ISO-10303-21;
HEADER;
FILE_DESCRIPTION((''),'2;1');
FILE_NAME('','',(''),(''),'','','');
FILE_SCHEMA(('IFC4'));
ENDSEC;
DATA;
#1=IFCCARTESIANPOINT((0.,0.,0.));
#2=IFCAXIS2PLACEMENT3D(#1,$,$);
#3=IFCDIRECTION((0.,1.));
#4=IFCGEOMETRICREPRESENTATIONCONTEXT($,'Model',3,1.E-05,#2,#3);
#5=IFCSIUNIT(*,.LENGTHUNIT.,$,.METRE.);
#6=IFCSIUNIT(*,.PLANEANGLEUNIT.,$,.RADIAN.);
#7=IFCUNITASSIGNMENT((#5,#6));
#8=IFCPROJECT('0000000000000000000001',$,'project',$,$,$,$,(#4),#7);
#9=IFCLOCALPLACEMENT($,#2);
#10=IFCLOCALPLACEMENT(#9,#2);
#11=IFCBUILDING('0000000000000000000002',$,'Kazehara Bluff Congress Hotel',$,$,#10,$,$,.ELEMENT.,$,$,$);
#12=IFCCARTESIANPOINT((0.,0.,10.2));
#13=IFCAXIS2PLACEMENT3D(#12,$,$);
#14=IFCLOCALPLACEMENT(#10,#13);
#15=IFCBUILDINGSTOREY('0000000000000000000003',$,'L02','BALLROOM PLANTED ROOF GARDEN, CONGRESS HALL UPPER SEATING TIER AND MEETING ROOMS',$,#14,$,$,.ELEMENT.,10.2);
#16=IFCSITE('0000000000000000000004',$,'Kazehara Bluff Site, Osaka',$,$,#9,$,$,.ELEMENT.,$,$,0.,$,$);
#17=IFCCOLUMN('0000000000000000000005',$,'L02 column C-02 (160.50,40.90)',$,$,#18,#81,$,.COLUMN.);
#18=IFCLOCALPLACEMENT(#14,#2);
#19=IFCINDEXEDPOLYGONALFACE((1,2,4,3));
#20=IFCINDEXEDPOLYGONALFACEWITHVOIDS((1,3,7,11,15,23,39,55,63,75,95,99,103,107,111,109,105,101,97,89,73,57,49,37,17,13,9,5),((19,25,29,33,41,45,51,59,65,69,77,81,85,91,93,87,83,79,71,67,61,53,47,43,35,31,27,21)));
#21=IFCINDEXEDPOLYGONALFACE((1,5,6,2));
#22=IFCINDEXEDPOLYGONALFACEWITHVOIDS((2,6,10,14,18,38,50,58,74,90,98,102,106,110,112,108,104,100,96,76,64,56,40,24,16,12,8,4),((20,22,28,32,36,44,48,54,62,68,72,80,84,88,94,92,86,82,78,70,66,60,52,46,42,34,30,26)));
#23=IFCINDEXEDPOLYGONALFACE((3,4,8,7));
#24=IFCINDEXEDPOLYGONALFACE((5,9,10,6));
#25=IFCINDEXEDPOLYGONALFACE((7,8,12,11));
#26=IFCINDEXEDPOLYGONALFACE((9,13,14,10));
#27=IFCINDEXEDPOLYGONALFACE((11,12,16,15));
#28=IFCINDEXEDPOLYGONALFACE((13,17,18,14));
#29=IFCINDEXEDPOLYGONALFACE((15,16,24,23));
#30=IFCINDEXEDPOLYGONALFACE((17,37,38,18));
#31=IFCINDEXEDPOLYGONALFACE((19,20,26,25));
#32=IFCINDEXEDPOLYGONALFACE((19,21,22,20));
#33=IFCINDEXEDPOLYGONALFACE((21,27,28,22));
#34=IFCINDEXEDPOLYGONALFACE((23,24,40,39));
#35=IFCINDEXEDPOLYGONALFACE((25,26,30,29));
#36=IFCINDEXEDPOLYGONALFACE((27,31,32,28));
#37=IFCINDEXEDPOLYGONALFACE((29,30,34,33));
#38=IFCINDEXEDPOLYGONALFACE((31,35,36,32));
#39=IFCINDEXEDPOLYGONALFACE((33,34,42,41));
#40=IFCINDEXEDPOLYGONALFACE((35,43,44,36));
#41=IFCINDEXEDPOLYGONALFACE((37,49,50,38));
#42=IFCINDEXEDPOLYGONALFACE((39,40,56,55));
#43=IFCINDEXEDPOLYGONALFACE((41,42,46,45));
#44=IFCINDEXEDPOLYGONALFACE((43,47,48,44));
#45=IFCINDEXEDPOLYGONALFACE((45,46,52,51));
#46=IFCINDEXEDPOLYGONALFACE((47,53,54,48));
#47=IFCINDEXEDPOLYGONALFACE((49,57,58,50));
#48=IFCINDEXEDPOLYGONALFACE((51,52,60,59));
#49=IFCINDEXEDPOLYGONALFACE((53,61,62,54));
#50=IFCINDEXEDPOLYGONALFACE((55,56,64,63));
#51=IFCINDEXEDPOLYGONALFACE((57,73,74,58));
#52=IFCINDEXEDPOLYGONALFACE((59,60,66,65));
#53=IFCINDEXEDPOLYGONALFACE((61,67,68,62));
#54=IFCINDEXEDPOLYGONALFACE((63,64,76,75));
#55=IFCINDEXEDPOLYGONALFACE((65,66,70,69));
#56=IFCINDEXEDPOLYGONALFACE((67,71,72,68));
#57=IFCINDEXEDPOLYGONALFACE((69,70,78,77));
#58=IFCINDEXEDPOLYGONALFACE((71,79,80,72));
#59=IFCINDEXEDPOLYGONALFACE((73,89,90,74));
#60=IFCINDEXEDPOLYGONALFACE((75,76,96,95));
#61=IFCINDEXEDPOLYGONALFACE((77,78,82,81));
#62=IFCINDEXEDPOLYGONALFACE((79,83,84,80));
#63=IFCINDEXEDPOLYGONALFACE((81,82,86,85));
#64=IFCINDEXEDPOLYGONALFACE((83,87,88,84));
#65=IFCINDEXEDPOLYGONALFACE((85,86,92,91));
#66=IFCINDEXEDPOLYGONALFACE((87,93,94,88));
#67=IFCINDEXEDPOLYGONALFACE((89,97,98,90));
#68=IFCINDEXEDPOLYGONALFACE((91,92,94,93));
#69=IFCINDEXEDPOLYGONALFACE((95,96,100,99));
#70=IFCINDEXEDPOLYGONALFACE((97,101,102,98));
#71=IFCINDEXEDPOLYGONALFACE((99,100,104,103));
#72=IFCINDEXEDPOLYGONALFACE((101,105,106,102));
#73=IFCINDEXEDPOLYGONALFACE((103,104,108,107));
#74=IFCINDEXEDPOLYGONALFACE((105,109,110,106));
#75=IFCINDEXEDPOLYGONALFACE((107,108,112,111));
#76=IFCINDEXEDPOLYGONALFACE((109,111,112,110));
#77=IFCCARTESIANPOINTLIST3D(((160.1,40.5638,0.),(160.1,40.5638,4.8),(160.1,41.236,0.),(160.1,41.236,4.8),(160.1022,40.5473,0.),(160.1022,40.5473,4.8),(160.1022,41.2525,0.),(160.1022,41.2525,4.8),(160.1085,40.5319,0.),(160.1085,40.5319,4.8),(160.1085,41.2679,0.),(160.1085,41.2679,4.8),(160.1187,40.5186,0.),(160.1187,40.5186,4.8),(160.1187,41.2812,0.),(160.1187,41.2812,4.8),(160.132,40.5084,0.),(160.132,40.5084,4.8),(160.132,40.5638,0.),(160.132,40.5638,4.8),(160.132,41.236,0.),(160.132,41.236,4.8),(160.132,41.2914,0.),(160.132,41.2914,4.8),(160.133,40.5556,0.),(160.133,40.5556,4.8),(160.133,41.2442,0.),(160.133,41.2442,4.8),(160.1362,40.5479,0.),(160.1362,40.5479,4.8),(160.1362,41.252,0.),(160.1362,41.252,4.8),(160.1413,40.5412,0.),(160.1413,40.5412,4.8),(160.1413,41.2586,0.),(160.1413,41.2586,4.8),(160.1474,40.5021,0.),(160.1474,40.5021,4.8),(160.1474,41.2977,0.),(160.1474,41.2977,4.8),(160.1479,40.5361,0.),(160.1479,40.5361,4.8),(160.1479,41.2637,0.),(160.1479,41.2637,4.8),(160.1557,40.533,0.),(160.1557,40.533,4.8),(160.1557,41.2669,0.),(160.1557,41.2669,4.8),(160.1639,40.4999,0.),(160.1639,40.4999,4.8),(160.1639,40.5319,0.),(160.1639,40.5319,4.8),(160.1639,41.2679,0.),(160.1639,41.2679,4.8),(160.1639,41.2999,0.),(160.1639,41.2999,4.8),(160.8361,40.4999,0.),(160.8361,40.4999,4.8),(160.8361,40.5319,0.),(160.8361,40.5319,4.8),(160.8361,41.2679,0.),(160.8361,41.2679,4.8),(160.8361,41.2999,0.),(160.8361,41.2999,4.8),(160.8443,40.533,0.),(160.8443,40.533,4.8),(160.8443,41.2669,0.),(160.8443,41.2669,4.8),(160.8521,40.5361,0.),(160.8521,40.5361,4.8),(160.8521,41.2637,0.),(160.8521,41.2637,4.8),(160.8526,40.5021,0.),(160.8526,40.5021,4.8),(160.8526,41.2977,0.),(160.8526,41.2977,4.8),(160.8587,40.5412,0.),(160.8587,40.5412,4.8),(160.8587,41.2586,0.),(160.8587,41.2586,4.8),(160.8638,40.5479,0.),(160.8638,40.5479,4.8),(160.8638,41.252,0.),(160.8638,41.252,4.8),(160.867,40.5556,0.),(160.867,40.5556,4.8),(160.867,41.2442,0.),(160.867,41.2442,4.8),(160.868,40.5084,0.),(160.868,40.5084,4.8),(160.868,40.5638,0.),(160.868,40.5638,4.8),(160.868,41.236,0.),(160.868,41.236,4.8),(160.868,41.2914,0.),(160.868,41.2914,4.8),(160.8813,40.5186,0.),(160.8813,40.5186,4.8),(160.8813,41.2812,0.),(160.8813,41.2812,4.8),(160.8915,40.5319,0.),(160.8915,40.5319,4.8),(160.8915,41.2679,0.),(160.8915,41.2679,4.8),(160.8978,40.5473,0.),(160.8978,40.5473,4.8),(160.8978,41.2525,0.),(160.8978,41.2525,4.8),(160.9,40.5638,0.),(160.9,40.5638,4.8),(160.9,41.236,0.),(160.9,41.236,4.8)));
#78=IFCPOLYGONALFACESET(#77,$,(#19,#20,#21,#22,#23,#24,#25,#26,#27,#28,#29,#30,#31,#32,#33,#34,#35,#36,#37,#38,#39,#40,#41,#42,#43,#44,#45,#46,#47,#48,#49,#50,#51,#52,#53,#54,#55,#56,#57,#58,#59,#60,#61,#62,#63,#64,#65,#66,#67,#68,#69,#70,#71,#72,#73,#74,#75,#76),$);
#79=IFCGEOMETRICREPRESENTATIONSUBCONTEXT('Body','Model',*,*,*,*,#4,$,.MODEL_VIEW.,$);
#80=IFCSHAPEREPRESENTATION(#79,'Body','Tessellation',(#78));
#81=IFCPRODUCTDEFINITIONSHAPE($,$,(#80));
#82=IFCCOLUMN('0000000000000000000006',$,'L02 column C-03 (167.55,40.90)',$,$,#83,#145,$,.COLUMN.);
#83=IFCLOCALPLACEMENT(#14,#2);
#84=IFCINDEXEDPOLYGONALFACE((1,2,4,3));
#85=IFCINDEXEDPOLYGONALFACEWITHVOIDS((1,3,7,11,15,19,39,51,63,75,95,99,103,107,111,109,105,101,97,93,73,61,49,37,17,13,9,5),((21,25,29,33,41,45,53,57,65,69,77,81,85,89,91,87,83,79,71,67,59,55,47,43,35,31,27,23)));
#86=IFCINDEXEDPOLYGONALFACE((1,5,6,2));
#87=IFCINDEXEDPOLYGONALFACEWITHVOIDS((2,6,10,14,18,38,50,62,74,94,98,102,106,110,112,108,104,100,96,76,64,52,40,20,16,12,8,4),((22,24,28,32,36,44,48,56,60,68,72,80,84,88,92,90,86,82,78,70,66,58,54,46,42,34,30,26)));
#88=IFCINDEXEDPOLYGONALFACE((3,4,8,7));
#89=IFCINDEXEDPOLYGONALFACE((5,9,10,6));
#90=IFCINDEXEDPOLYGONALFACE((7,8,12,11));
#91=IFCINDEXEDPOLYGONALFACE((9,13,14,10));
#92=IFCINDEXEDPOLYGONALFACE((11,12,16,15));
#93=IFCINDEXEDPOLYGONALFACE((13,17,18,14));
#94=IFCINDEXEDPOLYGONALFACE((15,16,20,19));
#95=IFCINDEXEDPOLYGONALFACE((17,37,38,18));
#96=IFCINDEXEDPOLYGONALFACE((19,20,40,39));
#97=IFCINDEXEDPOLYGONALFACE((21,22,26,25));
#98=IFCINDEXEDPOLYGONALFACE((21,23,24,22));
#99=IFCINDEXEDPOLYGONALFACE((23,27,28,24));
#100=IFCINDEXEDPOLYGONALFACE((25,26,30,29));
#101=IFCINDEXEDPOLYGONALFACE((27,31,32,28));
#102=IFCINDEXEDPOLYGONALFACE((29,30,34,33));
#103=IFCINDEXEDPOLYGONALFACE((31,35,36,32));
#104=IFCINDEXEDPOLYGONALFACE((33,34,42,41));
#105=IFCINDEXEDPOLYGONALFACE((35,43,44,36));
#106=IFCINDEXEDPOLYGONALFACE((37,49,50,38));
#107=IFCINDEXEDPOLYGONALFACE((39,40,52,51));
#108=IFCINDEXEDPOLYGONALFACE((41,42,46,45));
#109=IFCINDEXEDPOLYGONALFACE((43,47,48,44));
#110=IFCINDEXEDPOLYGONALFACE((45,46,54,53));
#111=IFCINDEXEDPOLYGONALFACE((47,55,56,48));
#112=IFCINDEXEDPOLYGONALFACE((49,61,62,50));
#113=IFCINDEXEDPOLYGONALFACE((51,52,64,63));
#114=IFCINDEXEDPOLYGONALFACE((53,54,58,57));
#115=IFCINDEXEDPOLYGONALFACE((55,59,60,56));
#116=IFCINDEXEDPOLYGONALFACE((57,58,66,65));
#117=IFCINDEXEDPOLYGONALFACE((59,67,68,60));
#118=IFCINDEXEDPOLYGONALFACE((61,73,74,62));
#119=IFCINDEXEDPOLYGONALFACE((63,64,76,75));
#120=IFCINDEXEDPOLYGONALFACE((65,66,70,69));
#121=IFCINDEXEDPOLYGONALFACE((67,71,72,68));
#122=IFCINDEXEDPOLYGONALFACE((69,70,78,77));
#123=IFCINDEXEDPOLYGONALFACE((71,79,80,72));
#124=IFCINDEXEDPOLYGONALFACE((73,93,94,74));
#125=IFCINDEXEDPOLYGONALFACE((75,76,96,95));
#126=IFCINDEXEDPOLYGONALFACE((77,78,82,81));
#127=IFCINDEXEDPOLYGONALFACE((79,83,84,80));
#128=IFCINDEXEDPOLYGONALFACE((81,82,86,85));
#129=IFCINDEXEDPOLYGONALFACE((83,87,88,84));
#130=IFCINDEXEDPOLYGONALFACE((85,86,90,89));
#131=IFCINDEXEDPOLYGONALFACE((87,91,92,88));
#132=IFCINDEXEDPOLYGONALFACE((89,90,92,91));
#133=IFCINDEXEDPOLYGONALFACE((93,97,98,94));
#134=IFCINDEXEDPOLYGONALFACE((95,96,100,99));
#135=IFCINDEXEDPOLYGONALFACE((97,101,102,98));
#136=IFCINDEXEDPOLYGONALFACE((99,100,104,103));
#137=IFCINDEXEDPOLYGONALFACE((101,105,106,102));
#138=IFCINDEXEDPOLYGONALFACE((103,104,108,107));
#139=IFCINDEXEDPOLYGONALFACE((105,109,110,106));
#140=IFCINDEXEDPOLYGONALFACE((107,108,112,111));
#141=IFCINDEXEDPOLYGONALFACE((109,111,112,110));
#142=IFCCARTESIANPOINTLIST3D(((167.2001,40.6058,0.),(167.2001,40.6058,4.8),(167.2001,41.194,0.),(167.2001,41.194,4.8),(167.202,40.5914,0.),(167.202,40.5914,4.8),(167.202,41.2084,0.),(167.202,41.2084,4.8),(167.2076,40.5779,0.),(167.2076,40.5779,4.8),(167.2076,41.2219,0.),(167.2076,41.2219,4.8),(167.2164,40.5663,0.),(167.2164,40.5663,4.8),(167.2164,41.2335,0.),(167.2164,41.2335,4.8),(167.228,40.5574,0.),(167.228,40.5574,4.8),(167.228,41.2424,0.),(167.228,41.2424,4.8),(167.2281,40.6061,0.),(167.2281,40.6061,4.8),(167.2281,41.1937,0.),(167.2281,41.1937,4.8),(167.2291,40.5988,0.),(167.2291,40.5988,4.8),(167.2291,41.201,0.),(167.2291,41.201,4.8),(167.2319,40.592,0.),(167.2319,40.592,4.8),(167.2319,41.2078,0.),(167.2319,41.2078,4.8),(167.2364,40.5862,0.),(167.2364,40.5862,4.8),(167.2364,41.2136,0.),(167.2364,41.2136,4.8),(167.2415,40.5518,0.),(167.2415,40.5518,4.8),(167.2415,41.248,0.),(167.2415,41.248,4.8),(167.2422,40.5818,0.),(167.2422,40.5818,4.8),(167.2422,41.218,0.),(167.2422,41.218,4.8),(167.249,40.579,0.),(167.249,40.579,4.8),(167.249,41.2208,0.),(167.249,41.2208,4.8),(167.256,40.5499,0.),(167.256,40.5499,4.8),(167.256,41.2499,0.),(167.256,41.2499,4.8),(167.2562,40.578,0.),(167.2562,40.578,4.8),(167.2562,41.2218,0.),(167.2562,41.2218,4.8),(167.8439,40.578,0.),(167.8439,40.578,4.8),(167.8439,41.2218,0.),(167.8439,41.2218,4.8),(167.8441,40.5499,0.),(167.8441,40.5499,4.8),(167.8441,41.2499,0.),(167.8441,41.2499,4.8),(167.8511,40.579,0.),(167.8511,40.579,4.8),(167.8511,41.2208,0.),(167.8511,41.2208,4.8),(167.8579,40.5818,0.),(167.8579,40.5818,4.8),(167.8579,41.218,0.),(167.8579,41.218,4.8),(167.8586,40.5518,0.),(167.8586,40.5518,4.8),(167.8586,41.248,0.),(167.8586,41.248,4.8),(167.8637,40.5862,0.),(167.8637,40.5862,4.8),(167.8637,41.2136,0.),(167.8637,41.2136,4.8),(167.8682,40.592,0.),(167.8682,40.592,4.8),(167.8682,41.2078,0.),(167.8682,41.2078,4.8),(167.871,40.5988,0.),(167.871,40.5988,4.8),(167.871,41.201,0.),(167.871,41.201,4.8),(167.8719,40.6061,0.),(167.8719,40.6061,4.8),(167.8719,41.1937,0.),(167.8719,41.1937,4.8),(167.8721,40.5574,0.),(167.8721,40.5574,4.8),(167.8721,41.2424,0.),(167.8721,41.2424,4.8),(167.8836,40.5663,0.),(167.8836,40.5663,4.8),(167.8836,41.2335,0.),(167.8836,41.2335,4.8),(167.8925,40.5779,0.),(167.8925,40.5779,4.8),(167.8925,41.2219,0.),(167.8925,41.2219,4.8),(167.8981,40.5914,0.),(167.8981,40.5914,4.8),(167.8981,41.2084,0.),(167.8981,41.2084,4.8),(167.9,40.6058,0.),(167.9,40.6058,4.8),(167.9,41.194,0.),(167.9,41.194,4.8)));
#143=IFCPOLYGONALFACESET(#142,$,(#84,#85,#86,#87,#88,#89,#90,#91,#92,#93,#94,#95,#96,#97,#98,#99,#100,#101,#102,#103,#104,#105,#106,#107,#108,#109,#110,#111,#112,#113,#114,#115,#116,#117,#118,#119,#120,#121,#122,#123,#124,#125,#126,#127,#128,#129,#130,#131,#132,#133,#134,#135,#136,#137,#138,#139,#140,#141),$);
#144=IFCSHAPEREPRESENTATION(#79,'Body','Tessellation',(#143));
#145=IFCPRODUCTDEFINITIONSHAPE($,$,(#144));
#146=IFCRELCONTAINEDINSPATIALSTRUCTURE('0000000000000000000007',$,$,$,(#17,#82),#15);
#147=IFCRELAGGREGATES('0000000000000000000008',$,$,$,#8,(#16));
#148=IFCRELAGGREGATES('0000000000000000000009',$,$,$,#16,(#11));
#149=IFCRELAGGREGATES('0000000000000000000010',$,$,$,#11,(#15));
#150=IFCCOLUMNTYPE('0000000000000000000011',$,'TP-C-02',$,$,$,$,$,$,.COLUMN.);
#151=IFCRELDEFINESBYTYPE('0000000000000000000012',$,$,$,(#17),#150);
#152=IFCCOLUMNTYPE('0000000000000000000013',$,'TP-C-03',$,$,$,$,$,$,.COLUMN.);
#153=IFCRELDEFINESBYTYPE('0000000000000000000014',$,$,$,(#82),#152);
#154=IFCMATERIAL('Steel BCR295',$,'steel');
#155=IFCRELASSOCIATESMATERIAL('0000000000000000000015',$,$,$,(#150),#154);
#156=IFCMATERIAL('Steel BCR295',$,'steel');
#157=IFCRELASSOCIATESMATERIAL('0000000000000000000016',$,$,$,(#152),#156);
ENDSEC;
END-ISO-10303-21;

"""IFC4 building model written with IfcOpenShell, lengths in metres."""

from ifc_helpers import new_model, si_unit, direction, frame, origin, origin_2d, place, context, subcontext, project, spatial, hollow_rectangle, extrude, material, material_profile, profile_set, type_object, element, save


model = new_model("IFC4")

# Units and contexts
model_context = context("Model", 3, precision=1e-05, world=origin(), true_north=direction((0.0, 1.0)))
body_context = subcontext(model_context, "Body", "Model", "MODEL_VIEW")
ifc_project = project(units=[si_unit("LENGTHUNIT", "METRE"), si_unit("PLANEANGLEUNIT", "RADIAN")], contexts=[model_context])

# Site, building, storey
site_placement = place(None, origin())
site = spatial("IfcSite", under=ifc_project, at=site_placement, Name="Kazehara Bluff Site, Osaka", CompositionType="ELEMENT", RefElevation=0.0)
building_placement = place(site_placement, origin())
building = spatial("IfcBuilding", under=site, at=building_placement, Name="Kazehara Bluff Congress Hotel", CompositionType="ELEMENT")
storey_placement = place(building_placement, frame((0.0, 0.0, 10.2)))
storey = spatial("IfcBuildingStorey", under=building, at=storey_placement, Name="L02", Description="BALLROOM PLANTED ROOF GARDEN, CONGRESS HALL UPPER SEATING TIER AND MEETING ROOMS", CompositionType="ELEMENT", Elevation=10.2)

# Columns
ifc_material_1 = material(Name="Steel BCR295", Category="steel")
ifc_material_profile_1 = material_profile(ifc_material_1, hollow_rectangle(XDim=0.8, YDim=0.8, WallThickness=0.032, InnerFilletRadius=0.032, OuterFilletRadius=0.064, at=origin_2d()))
ifc_profile_set_1 = profile_set([ifc_material_profile_1], Name="Steel BCR295")
column_type_1 = type_object("IfcColumnType", Name="TP-C-02", PredefinedType="COLUMN", material=ifc_profile_set_1)
column_1_placement = place(storey_placement, frame((160.5, 40.8999, 0.0), z_axis=(0.0, 0.0, 1.0), x_axis=(1.0, 0.0, 0.0)))
element("IfcColumn", 1, at=column_1_placement, inside=storey, type_object=column_type_1, Name="L02 column C-02 (160.50,40.90)", PredefinedType="COLUMN", context=body_context, shape_type="SweptSolid", body=[
    extrude(hollow_rectangle(XDim=0.8, YDim=0.8, WallThickness=0.032, InnerFilletRadius=0.032, OuterFilletRadius=0.064, at=origin_2d()), origin(), (0.0, 0.0, 1.0), 4.8),
])
ifc_material_2 = material(Name="Steel BCR295", Category="steel")
ifc_material_profile_2 = material_profile(ifc_material_2, hollow_rectangle(XDim=0.7, YDim=0.7, WallThickness=0.0281, InnerFilletRadius=0.0281, OuterFilletRadius=0.0559, at=origin_2d()))
ifc_profile_set_2 = profile_set([ifc_material_profile_2], Name="Steel BCR295")
column_type_2 = type_object("IfcColumnType", Name="TP-C-03", PredefinedType="COLUMN", material=ifc_profile_set_2)
column_2_placement = place(storey_placement, frame((167.55, 40.8999, 0.0), z_axis=(0.0, 0.0, 1.0), x_axis=(1.0, 0.0, 0.0)))
element("IfcColumn", 2, at=column_2_placement, inside=storey, type_object=column_type_2, Name="L02 column C-03 (167.55,40.90)", PredefinedType="COLUMN", context=body_context, shape_type="SweptSolid", body=[
    extrude(hollow_rectangle(XDim=0.7, YDim=0.7, WallThickness=0.0281, InnerFilletRadius=0.0281, OuterFilletRadius=0.0559, at=origin_2d()), origin(), (0.0, 0.0, 1.0), 4.8),
])

save(model, "model.ifc")
